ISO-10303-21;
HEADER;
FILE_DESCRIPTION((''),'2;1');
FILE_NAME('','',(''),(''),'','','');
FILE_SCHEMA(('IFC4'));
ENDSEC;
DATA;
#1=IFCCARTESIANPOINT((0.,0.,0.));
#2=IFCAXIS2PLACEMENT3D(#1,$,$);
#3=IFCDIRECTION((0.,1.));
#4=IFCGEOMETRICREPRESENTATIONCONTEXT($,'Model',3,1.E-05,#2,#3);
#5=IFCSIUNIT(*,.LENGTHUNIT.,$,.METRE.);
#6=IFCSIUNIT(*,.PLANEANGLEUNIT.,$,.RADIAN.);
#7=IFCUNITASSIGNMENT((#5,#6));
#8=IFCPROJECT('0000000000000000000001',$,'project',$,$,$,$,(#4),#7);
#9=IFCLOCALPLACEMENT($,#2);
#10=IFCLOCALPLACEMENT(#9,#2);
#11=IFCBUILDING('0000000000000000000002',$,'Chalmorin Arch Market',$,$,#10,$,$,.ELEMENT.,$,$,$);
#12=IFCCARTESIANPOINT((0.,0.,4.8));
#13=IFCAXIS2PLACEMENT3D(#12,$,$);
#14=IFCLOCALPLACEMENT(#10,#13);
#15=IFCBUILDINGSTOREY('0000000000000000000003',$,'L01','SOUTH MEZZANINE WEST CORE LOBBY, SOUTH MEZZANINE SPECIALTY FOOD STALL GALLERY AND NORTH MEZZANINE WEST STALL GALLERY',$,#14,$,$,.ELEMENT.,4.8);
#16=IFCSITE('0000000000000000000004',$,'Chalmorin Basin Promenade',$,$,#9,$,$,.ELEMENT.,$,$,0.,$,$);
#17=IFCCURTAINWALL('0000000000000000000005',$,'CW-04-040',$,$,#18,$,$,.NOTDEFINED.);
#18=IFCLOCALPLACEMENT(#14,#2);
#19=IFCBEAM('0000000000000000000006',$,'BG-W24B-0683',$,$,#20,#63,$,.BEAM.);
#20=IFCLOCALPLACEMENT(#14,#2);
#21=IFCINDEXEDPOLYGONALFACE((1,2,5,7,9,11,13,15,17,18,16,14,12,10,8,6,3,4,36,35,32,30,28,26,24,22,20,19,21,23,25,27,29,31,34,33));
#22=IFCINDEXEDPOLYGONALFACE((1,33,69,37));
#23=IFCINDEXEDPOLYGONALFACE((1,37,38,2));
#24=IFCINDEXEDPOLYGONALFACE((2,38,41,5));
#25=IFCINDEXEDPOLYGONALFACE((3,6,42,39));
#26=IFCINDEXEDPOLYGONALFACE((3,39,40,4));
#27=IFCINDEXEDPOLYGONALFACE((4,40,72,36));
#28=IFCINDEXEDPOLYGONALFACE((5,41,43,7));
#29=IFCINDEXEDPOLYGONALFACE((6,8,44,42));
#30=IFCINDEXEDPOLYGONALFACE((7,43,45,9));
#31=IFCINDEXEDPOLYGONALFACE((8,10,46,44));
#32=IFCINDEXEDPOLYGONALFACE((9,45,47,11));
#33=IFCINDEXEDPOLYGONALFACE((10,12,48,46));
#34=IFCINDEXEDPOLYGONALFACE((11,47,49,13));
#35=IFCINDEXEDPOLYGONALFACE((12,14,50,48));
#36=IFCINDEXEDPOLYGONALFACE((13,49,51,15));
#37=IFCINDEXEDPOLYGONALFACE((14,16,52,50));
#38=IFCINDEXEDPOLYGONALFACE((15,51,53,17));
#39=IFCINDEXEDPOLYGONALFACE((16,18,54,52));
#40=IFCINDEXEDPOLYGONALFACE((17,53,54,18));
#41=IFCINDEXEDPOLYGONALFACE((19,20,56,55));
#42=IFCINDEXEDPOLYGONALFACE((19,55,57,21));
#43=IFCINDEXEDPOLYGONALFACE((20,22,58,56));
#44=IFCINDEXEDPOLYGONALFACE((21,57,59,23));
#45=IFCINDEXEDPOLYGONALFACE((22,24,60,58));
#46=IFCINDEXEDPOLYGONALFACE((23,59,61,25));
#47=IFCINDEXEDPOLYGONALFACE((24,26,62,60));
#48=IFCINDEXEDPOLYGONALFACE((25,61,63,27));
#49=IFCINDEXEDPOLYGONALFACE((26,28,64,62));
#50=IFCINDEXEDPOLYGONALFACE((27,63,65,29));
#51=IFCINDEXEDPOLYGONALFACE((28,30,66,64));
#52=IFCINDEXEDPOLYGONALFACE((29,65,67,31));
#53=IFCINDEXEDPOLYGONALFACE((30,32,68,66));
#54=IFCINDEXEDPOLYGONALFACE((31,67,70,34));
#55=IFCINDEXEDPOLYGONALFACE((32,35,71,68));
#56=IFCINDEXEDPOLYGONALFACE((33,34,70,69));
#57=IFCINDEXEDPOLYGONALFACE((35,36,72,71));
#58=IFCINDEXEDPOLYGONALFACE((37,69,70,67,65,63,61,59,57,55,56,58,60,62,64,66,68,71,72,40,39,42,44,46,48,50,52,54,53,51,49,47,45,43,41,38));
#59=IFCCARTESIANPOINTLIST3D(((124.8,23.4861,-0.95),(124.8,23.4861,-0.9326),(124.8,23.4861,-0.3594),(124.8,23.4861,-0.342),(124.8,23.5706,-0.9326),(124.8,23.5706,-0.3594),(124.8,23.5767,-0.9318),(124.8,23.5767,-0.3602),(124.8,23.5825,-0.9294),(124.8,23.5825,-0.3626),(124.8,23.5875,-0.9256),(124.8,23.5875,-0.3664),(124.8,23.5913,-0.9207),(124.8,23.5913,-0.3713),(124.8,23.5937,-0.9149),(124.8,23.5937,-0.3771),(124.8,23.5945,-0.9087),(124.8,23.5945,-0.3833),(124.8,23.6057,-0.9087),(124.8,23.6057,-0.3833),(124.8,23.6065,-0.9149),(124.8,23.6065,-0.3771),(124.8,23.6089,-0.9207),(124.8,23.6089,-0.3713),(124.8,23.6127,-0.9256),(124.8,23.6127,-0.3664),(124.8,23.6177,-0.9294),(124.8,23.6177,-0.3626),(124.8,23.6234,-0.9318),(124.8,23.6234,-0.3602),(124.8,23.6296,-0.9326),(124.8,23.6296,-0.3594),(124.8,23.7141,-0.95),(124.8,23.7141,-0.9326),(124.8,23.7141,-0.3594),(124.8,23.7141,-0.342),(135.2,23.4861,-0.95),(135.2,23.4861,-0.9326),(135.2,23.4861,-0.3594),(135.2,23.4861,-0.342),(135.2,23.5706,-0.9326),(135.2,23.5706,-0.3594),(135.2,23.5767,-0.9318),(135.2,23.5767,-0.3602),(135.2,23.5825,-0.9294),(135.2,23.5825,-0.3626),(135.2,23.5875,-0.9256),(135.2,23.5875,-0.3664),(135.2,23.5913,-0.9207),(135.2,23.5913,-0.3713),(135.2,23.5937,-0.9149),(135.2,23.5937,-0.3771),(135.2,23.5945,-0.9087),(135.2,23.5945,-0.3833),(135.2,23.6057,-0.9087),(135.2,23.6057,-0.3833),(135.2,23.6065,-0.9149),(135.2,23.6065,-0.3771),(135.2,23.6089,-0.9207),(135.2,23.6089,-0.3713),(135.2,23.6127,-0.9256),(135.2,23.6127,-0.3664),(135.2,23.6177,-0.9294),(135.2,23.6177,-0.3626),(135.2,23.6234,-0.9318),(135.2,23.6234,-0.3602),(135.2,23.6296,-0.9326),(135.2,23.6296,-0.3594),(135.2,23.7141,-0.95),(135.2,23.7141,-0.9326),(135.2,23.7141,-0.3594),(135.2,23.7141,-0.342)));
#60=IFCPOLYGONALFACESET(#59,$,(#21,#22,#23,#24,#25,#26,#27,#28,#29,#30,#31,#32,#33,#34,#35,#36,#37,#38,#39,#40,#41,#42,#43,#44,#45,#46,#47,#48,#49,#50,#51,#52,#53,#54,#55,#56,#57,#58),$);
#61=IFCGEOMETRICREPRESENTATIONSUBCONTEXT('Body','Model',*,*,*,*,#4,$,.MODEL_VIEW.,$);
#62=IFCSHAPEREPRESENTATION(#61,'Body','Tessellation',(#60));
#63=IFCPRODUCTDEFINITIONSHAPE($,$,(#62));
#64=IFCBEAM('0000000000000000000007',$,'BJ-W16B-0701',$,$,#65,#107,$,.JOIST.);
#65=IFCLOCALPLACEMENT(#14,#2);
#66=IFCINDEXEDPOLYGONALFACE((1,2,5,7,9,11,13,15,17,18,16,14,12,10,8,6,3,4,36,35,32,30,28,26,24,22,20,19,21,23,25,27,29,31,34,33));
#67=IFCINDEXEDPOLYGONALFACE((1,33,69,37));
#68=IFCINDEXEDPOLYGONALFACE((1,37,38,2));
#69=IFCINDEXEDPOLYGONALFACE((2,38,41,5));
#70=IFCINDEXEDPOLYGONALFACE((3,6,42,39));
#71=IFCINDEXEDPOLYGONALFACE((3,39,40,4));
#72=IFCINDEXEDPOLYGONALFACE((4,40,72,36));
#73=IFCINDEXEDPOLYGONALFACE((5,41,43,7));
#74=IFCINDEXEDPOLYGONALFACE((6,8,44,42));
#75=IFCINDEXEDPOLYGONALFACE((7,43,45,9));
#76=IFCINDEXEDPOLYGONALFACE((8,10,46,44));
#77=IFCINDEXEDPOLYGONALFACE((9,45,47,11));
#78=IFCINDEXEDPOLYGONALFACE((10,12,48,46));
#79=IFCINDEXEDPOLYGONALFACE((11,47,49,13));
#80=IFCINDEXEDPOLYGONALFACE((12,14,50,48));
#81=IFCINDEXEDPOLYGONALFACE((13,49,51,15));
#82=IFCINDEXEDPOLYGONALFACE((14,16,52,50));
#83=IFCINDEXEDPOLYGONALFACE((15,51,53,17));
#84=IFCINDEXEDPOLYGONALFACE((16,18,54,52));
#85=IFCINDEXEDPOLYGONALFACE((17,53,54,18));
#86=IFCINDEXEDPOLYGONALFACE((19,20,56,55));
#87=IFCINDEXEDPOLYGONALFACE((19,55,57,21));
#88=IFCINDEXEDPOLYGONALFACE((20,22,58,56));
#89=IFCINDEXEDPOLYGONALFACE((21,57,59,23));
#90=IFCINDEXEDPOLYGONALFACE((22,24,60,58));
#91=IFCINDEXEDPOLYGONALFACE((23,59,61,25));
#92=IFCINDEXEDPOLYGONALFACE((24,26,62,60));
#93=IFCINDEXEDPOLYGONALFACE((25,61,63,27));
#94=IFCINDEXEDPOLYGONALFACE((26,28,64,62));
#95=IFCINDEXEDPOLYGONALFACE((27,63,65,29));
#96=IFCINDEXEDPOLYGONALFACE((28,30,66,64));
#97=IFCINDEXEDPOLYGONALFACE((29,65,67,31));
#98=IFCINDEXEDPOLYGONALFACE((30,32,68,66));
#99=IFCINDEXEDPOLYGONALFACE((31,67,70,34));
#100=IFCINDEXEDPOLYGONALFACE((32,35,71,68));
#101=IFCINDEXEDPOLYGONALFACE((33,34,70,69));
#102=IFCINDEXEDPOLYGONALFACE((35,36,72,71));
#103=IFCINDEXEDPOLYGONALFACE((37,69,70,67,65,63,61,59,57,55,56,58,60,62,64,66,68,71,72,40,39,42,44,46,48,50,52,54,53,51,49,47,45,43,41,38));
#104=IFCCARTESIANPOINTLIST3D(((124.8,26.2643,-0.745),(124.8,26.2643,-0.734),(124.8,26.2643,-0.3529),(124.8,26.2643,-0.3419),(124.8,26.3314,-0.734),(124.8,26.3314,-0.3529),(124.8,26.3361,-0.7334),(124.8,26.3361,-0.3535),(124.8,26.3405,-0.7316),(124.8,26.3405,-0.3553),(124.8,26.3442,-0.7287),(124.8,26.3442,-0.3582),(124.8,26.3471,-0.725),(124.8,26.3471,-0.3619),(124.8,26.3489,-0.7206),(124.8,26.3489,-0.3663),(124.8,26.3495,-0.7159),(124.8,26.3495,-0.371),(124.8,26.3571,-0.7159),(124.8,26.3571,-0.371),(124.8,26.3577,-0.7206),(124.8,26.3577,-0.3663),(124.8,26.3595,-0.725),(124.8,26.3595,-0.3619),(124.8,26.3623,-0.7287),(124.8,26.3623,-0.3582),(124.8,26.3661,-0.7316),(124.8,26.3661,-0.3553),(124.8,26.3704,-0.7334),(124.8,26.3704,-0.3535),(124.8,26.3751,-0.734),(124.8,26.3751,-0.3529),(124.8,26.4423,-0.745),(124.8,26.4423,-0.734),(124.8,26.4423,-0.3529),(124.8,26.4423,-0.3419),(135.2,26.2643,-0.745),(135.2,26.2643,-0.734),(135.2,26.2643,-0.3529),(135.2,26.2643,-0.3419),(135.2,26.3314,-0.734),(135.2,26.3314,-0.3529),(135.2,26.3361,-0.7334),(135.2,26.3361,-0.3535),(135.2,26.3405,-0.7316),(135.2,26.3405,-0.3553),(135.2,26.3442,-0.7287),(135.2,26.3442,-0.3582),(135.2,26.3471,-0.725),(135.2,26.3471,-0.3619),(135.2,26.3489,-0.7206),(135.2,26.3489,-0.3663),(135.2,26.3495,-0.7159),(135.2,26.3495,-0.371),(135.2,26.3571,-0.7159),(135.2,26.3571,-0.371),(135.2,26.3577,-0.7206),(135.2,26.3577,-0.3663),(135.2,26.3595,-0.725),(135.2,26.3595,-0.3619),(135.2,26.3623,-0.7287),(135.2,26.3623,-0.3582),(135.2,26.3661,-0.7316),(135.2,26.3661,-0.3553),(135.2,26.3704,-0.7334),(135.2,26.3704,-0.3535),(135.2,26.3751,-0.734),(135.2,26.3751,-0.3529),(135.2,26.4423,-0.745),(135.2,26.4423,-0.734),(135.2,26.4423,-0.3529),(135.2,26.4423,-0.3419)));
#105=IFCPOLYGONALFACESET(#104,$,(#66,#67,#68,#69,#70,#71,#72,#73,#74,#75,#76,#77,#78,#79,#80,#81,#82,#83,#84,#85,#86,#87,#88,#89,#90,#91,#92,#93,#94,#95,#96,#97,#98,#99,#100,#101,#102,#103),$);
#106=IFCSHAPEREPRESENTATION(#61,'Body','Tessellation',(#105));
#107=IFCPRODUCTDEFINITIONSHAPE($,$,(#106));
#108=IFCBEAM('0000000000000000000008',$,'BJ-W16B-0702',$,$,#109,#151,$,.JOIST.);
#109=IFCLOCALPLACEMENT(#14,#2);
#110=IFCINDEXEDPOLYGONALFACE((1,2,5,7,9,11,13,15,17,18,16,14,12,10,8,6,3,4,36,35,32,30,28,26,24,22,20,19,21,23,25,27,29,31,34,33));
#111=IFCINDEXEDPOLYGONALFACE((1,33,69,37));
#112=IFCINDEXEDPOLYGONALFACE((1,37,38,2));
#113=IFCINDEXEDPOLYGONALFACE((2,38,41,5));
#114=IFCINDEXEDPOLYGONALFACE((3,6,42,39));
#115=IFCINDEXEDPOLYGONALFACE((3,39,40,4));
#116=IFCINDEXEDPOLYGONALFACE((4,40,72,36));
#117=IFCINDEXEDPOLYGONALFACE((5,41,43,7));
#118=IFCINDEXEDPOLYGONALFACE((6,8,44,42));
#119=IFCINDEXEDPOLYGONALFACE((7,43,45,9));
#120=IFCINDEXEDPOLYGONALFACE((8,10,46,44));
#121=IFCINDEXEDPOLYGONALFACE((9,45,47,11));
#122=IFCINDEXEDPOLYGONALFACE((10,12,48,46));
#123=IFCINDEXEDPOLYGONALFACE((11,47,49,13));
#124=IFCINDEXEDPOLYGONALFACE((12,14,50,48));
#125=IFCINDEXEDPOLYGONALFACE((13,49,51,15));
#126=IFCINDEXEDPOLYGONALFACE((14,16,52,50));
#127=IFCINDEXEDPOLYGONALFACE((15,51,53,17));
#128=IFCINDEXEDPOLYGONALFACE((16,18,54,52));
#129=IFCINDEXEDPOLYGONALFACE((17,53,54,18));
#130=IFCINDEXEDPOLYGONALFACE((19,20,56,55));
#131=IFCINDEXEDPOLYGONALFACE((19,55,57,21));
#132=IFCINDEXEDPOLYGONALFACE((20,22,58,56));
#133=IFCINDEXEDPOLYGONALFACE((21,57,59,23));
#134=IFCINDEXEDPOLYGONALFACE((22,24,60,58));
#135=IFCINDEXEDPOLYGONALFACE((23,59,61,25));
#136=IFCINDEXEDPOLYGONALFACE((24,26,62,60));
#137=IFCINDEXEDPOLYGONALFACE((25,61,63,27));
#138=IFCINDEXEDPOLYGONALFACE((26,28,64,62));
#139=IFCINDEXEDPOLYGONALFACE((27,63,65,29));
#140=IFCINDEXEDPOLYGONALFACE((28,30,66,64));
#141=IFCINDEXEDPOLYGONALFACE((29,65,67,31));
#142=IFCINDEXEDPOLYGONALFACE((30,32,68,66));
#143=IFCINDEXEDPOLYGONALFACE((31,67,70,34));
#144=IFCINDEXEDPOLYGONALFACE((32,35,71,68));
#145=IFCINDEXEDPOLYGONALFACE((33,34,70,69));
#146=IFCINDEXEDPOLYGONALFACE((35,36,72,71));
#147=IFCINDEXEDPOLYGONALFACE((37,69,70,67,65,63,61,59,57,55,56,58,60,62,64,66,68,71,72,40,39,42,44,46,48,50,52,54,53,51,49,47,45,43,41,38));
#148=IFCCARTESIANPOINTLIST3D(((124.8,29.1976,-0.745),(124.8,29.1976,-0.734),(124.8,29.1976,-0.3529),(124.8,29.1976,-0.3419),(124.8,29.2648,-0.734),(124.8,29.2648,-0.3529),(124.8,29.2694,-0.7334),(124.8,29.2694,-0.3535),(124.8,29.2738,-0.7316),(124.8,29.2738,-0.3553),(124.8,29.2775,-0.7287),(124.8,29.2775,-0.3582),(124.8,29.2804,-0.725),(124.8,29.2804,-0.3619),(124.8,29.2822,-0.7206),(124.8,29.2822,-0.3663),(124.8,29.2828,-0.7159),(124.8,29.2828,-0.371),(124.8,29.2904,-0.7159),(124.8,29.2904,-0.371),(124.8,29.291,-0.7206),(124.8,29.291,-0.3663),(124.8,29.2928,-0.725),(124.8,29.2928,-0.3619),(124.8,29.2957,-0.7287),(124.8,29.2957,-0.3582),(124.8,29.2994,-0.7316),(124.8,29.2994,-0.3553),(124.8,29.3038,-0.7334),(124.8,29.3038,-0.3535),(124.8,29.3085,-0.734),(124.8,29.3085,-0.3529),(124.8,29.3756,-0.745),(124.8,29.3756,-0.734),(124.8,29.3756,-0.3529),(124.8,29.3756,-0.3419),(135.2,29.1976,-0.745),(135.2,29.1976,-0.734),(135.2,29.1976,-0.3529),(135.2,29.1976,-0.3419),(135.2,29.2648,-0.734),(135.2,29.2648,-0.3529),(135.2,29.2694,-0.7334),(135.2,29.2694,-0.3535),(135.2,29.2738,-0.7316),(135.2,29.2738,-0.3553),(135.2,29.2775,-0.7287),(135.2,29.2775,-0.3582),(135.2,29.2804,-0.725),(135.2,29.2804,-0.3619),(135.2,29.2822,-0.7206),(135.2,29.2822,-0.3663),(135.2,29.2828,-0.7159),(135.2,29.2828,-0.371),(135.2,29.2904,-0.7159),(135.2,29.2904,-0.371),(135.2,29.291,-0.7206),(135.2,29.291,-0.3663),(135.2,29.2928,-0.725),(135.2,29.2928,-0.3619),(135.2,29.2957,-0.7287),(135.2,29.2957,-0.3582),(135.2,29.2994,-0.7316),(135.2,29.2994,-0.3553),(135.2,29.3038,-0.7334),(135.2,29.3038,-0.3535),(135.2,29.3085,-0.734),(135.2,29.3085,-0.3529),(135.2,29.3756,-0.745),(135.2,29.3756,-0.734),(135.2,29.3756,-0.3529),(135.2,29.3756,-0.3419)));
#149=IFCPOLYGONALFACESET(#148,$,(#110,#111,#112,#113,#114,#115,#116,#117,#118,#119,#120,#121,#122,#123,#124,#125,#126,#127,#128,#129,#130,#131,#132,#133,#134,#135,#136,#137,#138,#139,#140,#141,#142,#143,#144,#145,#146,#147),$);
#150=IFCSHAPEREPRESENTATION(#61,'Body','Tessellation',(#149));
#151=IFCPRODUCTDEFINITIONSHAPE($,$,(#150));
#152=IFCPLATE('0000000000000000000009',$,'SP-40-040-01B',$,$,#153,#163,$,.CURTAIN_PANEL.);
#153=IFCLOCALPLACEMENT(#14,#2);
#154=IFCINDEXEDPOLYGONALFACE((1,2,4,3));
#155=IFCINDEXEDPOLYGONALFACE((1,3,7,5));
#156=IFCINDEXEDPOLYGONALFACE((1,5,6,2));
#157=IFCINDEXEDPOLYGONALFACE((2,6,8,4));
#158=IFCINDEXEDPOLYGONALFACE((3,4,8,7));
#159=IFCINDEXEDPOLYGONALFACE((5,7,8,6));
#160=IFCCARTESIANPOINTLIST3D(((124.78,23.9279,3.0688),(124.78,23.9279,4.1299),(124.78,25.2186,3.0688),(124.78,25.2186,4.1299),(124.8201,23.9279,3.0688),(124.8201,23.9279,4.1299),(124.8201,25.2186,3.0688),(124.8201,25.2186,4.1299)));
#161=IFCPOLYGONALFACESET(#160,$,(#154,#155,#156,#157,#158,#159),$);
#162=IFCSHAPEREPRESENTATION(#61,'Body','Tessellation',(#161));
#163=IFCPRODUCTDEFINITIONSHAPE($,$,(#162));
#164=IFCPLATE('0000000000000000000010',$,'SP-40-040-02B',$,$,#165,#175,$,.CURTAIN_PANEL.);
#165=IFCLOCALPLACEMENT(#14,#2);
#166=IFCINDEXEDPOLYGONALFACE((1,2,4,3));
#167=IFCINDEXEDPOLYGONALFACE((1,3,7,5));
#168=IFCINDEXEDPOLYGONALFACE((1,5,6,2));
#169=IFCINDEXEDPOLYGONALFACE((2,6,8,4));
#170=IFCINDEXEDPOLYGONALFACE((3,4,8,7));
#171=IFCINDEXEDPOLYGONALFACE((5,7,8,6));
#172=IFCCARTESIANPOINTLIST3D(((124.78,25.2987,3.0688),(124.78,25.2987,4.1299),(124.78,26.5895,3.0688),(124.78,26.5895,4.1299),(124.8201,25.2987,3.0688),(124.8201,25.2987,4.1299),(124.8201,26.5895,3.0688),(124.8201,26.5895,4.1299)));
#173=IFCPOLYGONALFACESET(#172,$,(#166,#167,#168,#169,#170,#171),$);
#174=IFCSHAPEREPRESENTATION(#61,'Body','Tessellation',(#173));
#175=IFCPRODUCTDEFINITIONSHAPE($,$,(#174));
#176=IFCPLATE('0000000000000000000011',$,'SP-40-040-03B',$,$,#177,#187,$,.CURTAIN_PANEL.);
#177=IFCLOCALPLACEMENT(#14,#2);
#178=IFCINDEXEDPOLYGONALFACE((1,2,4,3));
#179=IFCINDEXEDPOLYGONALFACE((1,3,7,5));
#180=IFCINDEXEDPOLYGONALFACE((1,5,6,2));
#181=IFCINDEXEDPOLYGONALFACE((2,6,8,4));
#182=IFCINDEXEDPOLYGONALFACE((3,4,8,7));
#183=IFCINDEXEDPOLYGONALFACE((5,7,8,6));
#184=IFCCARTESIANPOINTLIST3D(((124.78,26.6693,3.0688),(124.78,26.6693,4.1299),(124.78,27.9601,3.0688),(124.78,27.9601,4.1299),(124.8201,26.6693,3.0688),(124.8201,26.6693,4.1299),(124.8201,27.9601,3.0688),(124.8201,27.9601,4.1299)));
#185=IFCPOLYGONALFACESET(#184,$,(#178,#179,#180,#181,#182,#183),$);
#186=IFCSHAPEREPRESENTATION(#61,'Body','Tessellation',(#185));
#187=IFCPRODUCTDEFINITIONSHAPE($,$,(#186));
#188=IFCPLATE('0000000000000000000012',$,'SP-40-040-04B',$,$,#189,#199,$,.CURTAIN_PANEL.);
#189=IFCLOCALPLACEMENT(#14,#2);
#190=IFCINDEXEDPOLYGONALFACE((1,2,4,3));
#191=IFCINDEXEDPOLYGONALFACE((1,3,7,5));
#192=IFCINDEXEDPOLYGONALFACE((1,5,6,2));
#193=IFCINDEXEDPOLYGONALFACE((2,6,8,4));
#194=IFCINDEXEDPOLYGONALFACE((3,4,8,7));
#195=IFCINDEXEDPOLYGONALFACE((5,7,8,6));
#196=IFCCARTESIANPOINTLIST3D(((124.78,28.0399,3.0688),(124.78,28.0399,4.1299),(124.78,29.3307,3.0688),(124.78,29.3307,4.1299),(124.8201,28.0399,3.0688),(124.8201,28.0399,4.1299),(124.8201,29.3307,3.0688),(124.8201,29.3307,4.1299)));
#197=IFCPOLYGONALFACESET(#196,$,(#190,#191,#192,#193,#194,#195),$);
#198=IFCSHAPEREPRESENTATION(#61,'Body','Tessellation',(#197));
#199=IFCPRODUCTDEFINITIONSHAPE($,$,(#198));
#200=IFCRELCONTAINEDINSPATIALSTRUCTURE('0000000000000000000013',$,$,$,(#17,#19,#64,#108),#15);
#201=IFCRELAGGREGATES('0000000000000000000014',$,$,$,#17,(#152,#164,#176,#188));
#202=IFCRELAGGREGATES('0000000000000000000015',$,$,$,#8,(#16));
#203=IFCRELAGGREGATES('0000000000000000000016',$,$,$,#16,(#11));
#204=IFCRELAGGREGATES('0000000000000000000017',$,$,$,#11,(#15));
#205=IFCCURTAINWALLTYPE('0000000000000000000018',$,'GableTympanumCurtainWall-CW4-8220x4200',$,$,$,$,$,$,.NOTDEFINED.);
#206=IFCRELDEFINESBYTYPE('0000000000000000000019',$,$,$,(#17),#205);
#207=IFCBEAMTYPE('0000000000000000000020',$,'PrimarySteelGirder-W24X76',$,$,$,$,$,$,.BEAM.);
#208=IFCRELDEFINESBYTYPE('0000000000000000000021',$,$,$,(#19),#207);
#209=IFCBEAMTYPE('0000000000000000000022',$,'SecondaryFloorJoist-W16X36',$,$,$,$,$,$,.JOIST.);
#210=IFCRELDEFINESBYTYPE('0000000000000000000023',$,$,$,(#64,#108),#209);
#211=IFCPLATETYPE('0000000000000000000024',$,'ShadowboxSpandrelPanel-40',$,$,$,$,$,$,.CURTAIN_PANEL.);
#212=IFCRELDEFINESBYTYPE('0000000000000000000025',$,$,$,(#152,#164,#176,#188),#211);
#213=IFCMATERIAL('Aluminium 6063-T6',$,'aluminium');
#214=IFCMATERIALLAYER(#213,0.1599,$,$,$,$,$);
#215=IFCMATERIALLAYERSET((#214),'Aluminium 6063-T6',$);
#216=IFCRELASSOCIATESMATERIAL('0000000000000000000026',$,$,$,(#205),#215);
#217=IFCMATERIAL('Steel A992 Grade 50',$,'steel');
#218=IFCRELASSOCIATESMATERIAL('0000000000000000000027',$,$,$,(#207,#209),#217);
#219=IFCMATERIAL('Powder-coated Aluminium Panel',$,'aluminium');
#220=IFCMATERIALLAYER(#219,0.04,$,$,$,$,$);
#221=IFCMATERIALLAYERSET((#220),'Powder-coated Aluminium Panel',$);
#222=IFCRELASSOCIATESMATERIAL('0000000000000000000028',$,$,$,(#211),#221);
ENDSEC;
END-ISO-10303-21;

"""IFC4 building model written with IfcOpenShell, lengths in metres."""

from ifc_helpers import new_model, si_unit, direction, frame, origin, origin_2d, place, context, subcontext, project, spatial, rectangle, i_section, extrude, material, layer, layer_set, material_profile, profile_set, type_object, element, aggregate, save


model = new_model("IFC4")

# Units and contexts
model_context = context("Model", 3, precision=1e-05, world=origin(), true_north=direction((0.0, 1.0)))
body_context = subcontext(model_context, "Body", "Model", "MODEL_VIEW")
ifc_project = project(units=[si_unit("LENGTHUNIT", "METRE"), si_unit("PLANEANGLEUNIT", "RADIAN")], contexts=[model_context])

# Site, building, storey
site_placement = place(None, origin())
site = spatial("IfcSite", under=ifc_project, at=site_placement, Name="Chalmorin Basin Promenade", CompositionType="ELEMENT", RefElevation=0.0)
building_placement = place(site_placement, origin())
building = spatial("IfcBuilding", under=site, at=building_placement, Name="Chalmorin Arch Market", CompositionType="ELEMENT")
storey_placement = place(building_placement, frame((0.0, 0.0, 4.8)))
storey = spatial("IfcBuildingStorey", under=building, at=storey_placement, Name="L01", Description="SOUTH MEZZANINE WEST CORE LOBBY, SOUTH MEZZANINE SPECIALTY FOOD STALL GALLERY AND NORTH MEZZANINE WEST STALL GALLERY", CompositionType="ELEMENT", Elevation=4.8)

# Curtain wall
ifc_material_1 = material(Name="Aluminium 6063-T6", Category="aluminium")
ifc_layer_1 = layer(ifc_material_1, 0.1599)
ifc_layer_set_1 = layer_set([ifc_layer_1], Name="Aluminium 6063-T6")
curtain_wall_type = type_object("IfcCurtainWallType", Name="GableTympanumCurtainWall-CW4-8220x4200", PredefinedType="NOTDEFINED", material=ifc_layer_set_1)
curtain_wall_placement = place(storey_placement, origin())
curtain_wall = element("IfcCurtainWall", 1, at=curtain_wall_placement, inside=storey, type_object=curtain_wall_type, Name="CW-04-040", PredefinedType="NOTDEFINED")

# Beams
ifc_material_2 = material(Name="Steel A992 Grade 50", Category="steel")
ifc_material_profile_1 = material_profile(ifc_material_2, i_section(OverallWidth=0.228, OverallDepth=0.6079, WebThickness=0.0112, FlangeThickness=0.0173, FilletRadius=0.0239, at=origin_2d()), Name="W24X76")
ifc_profile_set_1 = profile_set([ifc_material_profile_1], Name="Steel A992 Grade 50")
beam_type_1 = type_object("IfcBeamType", Name="PrimarySteelGirder-W24X76", PredefinedType="BEAM", material=ifc_profile_set_1)
beam_1_placement = place(storey_placement, frame((124.8, 23.6001, -0.646), z_axis=(1.0, 0.0, 0.0), x_axis=(0.0, 1.0, 0.0)))
element("IfcBeam", 2, at=beam_1_placement, inside=storey, type_object=beam_type_1, Name="BG-W24B-0683", PredefinedType="BEAM", context=body_context, shape_type="SweptSolid", body=[
    extrude(i_section(OverallWidth=0.228, OverallDepth=0.6079, WebThickness=0.0112, FlangeThickness=0.0173, FilletRadius=0.0239, at=origin_2d()), origin(), (0.0, 0.0, 1.0), 10.3999),
])
ifc_material_profile_2 = material_profile(ifc_material_2, i_section(OverallWidth=0.178, OverallDepth=0.4031, WebThickness=0.0076, FlangeThickness=0.011, FilletRadius=0.0181, at=origin_2d()), Name="W16X36")
ifc_profile_set_2 = profile_set([ifc_material_profile_2], Name="Steel A992 Grade 50")
beam_type_2 = type_object("IfcBeamType", Name="SecondaryFloorJoist-W16X36", PredefinedType="JOIST", material=ifc_profile_set_2)
for number, where, z_axis, x_axis, name in (
    (3, (124.8, 26.3533, -0.5435), (1.0, 0.0, 0.0), (0.0, 1.0, 0.0), "BJ-W16B-0701"),
    (4, (124.8, 29.2866, -0.5435), (1.0, 0.0, 0.0), (0.0, 1.0, 0.0), "BJ-W16B-0702"),
):
    element("IfcBeam", number, at=place(storey_placement, frame(where, z_axis=z_axis, x_axis=x_axis)), inside=storey, type_object=beam_type_2, Name=name, PredefinedType="JOIST", context=body_context, shape_type="SweptSolid", body=[
        extrude(i_section(OverallWidth=0.178, OverallDepth=0.4031, WebThickness=0.0076, FlangeThickness=0.011, FilletRadius=0.0181, at=origin_2d()), origin(), (0.0, 0.0, 1.0), 10.3999),
    ])

# Plates
ifc_material_3 = material(Name="Powder-coated Aluminium Panel", Category="aluminium")
ifc_layer_2 = layer(ifc_material_3, 0.04)
ifc_layer_set_2 = layer_set([ifc_layer_2], Name="Powder-coated Aluminium Panel")
plate_type_1 = type_object("IfcPlateType", Name="ShadowboxSpandrelPanel-40", PredefinedType="CURTAIN_PANEL", material=ifc_layer_set_2)
plate_1_placement = place(storey_placement, frame((124.8, 24.5732, 3.0688), z_axis=(0.0, 0.0, 1.0), x_axis=(0.0, 1.0, 0.0)))
plate_1 = element("IfcPlate", 5, at=plate_1_placement, type_object=plate_type_1, Name="SP-40-040-01B", PredefinedType="CURTAIN_PANEL", context=body_context, shape_type="SweptSolid", body=[
    extrude(rectangle(XDim=1.2908, YDim=0.04, at=origin_2d()), origin(), (0.0, 0.0, 1.0), 1.061),
])
plate_2_placement = place(storey_placement, frame((124.8, 25.9441, 3.0688), z_axis=(0.0, 0.0, 1.0), x_axis=(0.0, 1.0, 0.0)))
plate_2 = element("IfcPlate", 6, at=plate_2_placement, type_object=plate_type_1, Name="SP-40-040-02B", PredefinedType="CURTAIN_PANEL", context=body_context, shape_type="SweptSolid", body=[
    extrude(rectangle(XDim=1.2908, YDim=0.04, at=origin_2d()), origin(), (0.0, 0.0, 1.0), 1.061),
])
plate_3_placement = place(storey_placement, frame((124.8, 27.3147, 3.0688), z_axis=(0.0, 0.0, 1.0), x_axis=(0.0, 1.0, 0.0)))
plate_3 = element("IfcPlate", 7, at=plate_3_placement, type_object=plate_type_1, Name="SP-40-040-03B", PredefinedType="CURTAIN_PANEL", context=body_context, shape_type="SweptSolid", body=[
    extrude(rectangle(XDim=1.2908, YDim=0.04, at=origin_2d()), origin(), (0.0, 0.0, 1.0), 1.061),
])
plate_4_placement = place(storey_placement, frame((124.8, 28.6853, 3.0688), z_axis=(0.0, 0.0, 1.0), x_axis=(0.0, 1.0, 0.0)))
plate_4 = element("IfcPlate", 8, at=plate_4_placement, type_object=plate_type_1, Name="SP-40-040-04B", PredefinedType="CURTAIN_PANEL", context=body_context, shape_type="SweptSolid", body=[
    extrude(rectangle(XDim=1.2908, YDim=0.04, at=origin_2d()), origin(), (0.0, 0.0, 1.0), 1.061),
])
aggregate(curtain_wall, [plate_1, plate_2, plate_3, plate_4])

save(model, "model.ifc")
